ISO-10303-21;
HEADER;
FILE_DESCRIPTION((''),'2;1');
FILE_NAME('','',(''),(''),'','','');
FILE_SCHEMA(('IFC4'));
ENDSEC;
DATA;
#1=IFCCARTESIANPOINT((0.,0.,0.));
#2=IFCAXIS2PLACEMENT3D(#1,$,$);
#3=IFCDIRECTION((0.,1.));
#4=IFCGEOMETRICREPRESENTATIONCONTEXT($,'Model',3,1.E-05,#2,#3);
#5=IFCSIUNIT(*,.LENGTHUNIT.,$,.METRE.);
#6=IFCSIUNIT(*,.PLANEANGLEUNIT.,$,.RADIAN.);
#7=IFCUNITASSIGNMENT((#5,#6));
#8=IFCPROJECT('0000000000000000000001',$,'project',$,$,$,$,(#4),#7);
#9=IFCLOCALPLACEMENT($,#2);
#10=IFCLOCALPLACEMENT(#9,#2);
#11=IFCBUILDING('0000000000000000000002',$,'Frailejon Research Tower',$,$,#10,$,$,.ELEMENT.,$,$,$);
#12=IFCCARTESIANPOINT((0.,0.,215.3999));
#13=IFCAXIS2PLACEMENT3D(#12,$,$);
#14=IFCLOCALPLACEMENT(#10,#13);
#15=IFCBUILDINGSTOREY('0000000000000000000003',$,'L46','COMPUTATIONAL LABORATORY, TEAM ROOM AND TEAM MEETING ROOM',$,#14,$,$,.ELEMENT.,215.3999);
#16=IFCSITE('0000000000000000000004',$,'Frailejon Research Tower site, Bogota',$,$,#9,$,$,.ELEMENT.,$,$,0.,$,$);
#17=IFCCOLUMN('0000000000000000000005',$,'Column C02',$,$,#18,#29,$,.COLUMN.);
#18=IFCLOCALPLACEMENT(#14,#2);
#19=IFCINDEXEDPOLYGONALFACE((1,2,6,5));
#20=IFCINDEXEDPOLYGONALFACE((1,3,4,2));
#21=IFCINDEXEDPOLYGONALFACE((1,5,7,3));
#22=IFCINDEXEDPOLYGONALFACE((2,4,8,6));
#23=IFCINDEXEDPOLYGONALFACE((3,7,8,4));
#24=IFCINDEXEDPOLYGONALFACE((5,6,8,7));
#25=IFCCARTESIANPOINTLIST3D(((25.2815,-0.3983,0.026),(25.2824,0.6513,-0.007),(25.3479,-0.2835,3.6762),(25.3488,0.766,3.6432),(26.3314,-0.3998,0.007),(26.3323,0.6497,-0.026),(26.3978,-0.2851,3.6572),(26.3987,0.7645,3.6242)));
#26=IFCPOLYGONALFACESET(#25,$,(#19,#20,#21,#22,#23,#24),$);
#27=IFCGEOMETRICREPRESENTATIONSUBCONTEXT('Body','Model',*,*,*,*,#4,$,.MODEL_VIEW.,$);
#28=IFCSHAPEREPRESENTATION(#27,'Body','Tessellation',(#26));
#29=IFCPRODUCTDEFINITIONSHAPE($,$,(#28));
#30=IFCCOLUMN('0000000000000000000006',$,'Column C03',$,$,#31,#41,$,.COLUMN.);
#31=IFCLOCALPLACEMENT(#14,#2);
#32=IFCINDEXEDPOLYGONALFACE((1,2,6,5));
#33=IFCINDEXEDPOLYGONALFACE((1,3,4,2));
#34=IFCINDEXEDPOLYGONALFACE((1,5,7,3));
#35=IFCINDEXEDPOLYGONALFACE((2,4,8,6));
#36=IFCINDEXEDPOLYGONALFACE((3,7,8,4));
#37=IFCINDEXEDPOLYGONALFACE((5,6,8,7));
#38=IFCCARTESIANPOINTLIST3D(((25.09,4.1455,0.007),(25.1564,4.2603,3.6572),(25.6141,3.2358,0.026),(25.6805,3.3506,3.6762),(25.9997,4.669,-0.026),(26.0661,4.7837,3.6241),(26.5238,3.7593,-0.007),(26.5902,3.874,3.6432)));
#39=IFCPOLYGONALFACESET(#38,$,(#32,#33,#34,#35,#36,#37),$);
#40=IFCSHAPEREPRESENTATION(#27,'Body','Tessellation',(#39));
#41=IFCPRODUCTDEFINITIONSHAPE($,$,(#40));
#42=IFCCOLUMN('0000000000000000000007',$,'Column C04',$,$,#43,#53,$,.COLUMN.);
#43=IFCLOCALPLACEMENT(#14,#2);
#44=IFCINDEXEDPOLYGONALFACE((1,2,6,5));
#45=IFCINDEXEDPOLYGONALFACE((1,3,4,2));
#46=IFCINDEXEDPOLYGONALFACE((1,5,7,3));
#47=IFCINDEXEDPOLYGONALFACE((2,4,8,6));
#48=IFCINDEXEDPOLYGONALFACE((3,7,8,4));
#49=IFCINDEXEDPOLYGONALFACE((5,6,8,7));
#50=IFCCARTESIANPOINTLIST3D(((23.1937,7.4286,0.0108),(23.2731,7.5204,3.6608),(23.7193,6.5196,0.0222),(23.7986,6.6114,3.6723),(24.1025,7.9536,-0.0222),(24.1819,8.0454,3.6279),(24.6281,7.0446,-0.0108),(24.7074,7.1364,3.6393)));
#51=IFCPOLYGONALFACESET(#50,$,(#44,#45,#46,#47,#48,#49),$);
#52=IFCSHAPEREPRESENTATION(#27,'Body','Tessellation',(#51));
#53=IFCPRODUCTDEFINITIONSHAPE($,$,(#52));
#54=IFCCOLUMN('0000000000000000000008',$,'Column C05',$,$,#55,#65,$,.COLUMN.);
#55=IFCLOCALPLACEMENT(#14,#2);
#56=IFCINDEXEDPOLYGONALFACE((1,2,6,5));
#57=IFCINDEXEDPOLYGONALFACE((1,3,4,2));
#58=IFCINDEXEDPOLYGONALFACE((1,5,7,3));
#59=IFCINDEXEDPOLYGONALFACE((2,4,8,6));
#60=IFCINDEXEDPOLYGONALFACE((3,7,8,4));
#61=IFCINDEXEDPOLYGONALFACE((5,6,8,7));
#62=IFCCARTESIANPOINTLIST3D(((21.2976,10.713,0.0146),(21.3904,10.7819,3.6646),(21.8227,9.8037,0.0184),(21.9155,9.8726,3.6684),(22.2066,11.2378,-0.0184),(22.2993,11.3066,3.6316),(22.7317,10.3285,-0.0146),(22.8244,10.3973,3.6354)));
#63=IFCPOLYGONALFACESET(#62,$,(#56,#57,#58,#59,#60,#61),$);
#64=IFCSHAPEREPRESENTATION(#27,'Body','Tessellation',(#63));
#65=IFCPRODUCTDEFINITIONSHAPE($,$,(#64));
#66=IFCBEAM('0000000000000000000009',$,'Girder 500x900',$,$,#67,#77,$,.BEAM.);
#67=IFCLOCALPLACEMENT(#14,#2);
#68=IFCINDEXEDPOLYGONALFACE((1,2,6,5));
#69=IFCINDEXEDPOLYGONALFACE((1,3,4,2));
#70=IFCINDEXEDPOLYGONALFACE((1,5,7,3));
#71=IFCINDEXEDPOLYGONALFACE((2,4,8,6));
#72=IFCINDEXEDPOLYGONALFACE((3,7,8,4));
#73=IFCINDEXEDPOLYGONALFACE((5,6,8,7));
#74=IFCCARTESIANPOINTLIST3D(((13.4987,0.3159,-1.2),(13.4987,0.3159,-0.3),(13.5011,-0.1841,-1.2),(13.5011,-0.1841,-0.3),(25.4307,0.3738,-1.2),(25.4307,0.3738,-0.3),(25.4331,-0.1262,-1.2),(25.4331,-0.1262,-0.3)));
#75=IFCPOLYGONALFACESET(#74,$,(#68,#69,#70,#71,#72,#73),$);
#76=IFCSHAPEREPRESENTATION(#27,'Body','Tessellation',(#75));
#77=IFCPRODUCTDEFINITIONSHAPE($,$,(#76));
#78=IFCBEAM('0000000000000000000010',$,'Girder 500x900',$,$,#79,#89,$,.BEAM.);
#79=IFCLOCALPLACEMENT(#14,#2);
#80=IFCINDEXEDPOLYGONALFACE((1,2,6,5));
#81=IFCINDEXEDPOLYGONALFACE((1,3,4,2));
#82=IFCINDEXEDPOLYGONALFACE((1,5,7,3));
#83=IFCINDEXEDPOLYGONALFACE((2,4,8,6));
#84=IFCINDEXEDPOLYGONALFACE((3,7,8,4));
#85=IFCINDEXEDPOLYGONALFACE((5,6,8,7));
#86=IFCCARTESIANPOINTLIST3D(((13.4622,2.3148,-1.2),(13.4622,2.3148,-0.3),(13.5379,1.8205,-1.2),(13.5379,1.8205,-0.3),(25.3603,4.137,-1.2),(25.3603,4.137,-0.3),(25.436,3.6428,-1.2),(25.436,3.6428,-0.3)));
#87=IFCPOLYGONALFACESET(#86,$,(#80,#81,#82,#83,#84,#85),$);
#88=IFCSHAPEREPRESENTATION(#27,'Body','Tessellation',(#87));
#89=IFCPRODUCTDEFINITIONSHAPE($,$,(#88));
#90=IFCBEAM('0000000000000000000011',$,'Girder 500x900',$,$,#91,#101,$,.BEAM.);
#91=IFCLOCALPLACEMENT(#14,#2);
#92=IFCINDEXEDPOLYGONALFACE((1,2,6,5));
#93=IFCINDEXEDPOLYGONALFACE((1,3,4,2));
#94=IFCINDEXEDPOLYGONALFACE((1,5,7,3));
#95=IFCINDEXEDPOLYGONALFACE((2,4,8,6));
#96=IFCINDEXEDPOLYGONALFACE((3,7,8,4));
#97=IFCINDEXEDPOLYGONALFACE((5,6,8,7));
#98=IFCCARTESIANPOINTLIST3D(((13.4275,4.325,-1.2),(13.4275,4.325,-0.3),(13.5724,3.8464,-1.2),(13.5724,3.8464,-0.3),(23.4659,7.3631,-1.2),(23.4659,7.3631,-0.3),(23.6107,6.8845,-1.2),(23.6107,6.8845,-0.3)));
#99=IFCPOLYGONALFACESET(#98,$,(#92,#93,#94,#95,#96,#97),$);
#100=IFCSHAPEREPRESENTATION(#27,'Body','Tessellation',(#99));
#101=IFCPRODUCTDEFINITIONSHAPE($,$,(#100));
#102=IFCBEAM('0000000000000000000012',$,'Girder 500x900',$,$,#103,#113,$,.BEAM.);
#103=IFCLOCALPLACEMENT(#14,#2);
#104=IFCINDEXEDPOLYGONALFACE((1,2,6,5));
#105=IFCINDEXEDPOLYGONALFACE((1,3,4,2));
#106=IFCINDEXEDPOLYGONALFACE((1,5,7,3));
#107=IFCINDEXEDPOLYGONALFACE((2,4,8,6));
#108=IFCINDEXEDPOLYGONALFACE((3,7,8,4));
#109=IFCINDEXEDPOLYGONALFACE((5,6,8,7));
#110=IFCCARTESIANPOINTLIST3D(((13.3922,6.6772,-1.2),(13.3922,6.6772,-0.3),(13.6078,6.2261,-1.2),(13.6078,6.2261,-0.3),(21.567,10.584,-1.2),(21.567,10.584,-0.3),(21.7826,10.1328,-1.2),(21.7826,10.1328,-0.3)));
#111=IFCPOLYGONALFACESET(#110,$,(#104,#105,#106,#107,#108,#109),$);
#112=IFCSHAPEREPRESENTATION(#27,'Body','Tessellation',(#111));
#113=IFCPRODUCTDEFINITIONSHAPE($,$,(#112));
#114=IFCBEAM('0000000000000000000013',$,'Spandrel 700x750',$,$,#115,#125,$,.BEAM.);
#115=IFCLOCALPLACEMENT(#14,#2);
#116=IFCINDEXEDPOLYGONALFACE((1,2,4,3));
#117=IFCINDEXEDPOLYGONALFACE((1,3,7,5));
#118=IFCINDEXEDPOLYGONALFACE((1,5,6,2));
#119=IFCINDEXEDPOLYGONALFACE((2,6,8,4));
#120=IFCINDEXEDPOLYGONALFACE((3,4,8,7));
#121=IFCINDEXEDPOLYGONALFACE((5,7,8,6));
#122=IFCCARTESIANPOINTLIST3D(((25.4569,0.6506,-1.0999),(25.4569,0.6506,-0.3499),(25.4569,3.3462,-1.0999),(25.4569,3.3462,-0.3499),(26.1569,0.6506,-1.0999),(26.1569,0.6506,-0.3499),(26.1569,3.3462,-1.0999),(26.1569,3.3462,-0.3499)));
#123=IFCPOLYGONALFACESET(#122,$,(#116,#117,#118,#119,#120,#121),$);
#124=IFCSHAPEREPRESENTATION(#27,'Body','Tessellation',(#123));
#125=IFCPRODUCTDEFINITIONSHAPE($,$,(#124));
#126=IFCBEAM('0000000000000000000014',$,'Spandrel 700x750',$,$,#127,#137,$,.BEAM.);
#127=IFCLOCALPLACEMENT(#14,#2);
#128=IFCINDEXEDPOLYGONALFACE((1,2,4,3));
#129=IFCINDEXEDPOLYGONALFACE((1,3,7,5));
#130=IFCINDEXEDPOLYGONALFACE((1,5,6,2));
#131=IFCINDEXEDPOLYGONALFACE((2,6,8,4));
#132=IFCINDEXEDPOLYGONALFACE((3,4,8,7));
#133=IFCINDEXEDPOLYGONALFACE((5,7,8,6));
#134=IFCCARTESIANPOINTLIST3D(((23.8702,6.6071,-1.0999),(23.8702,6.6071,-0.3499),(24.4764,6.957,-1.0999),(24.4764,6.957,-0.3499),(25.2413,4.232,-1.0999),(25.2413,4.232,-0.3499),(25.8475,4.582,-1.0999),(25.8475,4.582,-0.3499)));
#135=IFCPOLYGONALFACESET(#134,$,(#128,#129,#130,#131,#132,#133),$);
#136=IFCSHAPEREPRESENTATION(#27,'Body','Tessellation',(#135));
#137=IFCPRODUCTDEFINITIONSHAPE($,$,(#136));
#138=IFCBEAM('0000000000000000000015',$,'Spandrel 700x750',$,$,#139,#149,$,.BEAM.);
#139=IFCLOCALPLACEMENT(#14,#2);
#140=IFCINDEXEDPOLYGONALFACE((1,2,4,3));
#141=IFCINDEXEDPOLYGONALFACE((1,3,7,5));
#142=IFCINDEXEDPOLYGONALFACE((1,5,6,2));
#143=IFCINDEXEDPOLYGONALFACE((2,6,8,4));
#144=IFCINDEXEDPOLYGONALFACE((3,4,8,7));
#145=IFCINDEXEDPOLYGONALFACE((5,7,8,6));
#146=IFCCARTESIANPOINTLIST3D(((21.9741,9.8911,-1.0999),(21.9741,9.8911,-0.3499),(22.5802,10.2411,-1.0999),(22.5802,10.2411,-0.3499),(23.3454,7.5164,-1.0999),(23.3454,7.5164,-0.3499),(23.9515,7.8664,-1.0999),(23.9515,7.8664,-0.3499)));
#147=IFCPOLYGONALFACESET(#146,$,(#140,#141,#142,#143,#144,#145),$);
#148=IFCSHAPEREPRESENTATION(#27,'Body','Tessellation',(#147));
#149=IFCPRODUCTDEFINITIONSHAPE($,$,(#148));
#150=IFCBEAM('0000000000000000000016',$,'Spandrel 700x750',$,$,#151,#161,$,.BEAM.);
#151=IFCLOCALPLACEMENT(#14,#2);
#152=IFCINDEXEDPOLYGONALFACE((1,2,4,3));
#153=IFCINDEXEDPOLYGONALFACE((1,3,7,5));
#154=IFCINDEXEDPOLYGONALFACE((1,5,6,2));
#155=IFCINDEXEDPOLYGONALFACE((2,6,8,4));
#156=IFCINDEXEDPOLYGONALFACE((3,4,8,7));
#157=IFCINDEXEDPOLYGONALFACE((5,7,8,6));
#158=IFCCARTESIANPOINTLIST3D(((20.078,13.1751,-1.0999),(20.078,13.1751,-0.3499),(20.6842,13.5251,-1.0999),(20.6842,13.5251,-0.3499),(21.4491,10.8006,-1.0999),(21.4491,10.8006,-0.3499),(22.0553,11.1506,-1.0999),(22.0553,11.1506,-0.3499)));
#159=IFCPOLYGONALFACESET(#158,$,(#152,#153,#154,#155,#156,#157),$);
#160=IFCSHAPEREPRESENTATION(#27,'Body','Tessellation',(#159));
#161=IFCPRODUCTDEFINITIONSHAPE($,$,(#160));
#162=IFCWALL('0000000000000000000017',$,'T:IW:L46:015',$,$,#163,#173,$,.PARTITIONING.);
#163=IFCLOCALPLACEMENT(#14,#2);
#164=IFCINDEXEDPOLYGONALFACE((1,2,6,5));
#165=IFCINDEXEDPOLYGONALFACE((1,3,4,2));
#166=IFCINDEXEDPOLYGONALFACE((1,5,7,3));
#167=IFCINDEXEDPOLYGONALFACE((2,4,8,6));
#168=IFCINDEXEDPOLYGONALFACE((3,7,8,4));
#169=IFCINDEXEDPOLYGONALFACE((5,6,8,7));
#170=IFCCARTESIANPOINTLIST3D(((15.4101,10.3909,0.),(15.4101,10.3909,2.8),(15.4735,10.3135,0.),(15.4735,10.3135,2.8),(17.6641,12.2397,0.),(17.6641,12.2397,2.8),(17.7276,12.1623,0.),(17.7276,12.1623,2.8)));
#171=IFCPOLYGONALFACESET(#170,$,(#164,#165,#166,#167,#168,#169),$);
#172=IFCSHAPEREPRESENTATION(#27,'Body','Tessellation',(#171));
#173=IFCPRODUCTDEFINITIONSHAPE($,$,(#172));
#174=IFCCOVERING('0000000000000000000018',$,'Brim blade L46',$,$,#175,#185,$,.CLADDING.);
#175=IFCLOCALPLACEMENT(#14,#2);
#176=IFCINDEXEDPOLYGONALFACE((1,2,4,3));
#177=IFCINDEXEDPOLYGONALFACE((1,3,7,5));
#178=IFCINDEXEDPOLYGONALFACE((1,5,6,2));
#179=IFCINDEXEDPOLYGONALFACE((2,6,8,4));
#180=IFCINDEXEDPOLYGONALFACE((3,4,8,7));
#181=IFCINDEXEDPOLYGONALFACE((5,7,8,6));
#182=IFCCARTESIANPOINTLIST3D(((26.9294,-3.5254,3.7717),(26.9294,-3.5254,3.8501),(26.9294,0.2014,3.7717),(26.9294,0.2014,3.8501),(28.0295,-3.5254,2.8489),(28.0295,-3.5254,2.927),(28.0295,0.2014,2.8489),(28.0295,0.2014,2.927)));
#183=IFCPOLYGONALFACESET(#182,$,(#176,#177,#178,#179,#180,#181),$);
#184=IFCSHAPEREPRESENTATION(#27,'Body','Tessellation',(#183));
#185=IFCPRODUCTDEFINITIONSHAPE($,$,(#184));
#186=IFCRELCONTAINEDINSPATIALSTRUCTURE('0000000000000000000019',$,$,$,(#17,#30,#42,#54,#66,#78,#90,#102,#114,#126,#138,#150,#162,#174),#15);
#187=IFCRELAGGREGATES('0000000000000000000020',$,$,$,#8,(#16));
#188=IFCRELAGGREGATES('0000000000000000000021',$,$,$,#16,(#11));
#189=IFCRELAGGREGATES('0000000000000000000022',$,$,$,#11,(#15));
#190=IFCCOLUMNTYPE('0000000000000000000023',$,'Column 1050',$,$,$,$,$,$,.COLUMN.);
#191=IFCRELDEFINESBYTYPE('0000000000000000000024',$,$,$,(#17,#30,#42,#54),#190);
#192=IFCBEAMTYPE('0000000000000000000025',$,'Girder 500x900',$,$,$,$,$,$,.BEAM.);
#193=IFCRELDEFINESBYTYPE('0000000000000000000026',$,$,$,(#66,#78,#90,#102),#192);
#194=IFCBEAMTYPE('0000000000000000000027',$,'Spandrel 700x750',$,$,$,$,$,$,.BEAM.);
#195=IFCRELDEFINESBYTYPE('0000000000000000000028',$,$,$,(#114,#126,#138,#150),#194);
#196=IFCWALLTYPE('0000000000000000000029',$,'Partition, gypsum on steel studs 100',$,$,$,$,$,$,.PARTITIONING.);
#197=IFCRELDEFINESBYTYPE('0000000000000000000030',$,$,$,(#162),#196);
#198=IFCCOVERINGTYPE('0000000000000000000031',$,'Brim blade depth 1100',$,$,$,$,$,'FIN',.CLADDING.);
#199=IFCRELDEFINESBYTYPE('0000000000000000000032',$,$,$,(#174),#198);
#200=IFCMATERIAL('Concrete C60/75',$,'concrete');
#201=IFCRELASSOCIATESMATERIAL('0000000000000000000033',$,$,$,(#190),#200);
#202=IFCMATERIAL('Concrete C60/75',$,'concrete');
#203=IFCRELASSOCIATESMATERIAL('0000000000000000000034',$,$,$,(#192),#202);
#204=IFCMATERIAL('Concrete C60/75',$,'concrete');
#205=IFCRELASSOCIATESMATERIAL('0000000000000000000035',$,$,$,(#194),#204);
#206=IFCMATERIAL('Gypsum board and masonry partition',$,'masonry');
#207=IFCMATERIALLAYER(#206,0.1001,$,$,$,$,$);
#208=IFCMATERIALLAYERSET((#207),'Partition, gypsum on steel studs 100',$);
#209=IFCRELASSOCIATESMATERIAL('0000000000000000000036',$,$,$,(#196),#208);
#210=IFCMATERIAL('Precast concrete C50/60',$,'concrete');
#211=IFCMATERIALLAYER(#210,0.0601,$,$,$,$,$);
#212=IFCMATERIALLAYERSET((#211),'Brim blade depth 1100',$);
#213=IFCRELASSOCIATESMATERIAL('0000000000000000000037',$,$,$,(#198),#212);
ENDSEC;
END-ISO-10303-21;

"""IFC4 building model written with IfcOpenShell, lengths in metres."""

from ifc_helpers import new_model, si_unit, direction, frame, frame_2d, origin, origin_2d, place, context, subcontext, project, spatial, polyline, rectangle, outline, extrude, material, layer, layer_set, material_profile, profile_set, type_object, element, save


model = new_model("IFC4")

# Units and contexts
model_context = context("Model", 3, precision=1e-05, world=origin(), true_north=direction((0.0, 1.0)))
body_context = subcontext(model_context, "Body", "Model", "MODEL_VIEW")
ifc_project = project(units=[si_unit("LENGTHUNIT", "METRE"), si_unit("PLANEANGLEUNIT", "RADIAN")], contexts=[model_context])

# Site, building, storey
site_placement = place(None, origin())
site = spatial("IfcSite", under=ifc_project, at=site_placement, Name="Frailejon Research Tower site, Bogota", CompositionType="ELEMENT", RefElevation=0.0)
building_placement = place(site_placement, origin())
building = spatial("IfcBuilding", under=site, at=building_placement, Name="Frailejon Research Tower", CompositionType="ELEMENT")
storey_placement = place(building_placement, frame((0.0, 0.0, 215.3999)))
storey = spatial("IfcBuildingStorey", under=building, at=storey_placement, Name="L46", Description="COMPUTATIONAL LABORATORY, TEAM ROOM AND TEAM MEETING ROOM", CompositionType="ELEMENT", Elevation=215.3999)

# Columns
ifc_material_1 = material(Name="Concrete C60/75", Category="concrete")
ifc_material_profile_1 = material_profile(ifc_material_1, rectangle(XDim=1.05, YDim=1.05, at=origin_2d()), Name="Column 1050")
ifc_profile_set_1 = profile_set([ifc_material_profile_1], Name="Concrete C60/75")
column_type = type_object("IfcColumnType", Name="Column 1050", PredefinedType="COLUMN", material=ifc_profile_set_1)
for number, where, z_axis, x_axis, name in (
    (1, (25.8069, 0.1257, 0.0), (0.018181, 0.031415, 0.999341), (0.000893, 0.999505, -0.031437), "Column C02"),
    (2, (25.8069, 3.9524, 0.0), (0.018181, 0.031415, 0.999341), (-0.499143, 0.866329, -0.018153), "Column C03"),
):
    element("IfcColumn", number, at=place(storey_placement, frame(where, z_axis=z_axis, x_axis=x_axis)), inside=storey, type_object=column_type, Name=name, PredefinedType="COLUMN", context=body_context, shape_type="SweptSolid", body=[
        extrude(rectangle(XDim=1.05, YDim=1.05, at=origin_2d()), origin(), (0.0, 0.0, 1.0), 3.6526),
    ])
column_1_placement = place(storey_placement, frame((23.9109, 7.2366, 0.0), z_axis=(0.021726, 0.025135, 0.999448), x_axis=(-0.500489, 0.865674, -0.010891)))
element("IfcColumn", 3, at=column_1_placement, inside=storey, type_object=column_type, Name="Column C04", PredefinedType="COLUMN", context=body_context, shape_type="SweptSolid", body=[
    extrude(rectangle(XDim=1.05, YDim=1.05, at=origin_2d()), origin(), (0.0, 0.0, 1.0), 3.6521),
])
column_2_placement = place(storey_placement, frame((22.0146, 10.5208, 0.0), z_axis=(0.025404, 0.018852, 0.9995), x_axis=(-0.500084, 0.865969, -0.003623)))
element("IfcColumn", 4, at=column_2_placement, inside=storey, type_object=column_type, Name="Column C05", PredefinedType="COLUMN", context=body_context, shape_type="SweptSolid", body=[
    extrude(rectangle(XDim=1.05, YDim=1.05, at=origin_2d()), origin(), (0.0, 0.0, 1.0), 3.6519),
])

# Beams
ifc_material_2 = material(Name="Concrete C60/75", Category="concrete")
ifc_material_profile_2 = material_profile(ifc_material_2, rectangle(XDim=0.5, YDim=0.8999, at=origin_2d()), Name="Girder 500x900")
ifc_profile_set_2 = profile_set([ifc_material_profile_2], Name="Concrete C60/75")
beam_type_1 = type_object("IfcBeamType", Name="Girder 500x900", PredefinedType="BEAM", material=ifc_profile_set_2)
beam_1_placement = place(storey_placement, frame((25.4319, 0.1238, -0.75), z_axis=(-0.999988, -0.004849, 0.0), x_axis=(0.004849, -0.999988, 0.0)))
element("IfcBeam", 5, at=beam_1_placement, inside=storey, type_object=beam_type_1, Name="Girder 500x900", PredefinedType="BEAM", context=body_context, shape_type="SweptSolid", body=[
    extrude(rectangle(XDim=0.5, YDim=0.8999, at=origin_2d()), origin(), (0.0, 0.0, 1.0), 11.9321),
])
beam_2_placement = place(storey_placement, frame((25.3982, 3.8899, -0.75), z_axis=(-0.988474, -0.15139, 0.0), x_axis=(0.15139, -0.988474, 0.0)))
element("IfcBeam", 6, at=beam_2_placement, inside=storey, type_object=beam_type_1, Name="Girder 500x900", PredefinedType="BEAM", context=body_context, shape_type="SweptSolid", body=[
    extrude(rectangle(XDim=0.5, YDim=0.8999, at=origin_2d()), origin(), (0.0, 0.0, 1.0), 12.0369),
])
beam_3_placement = place(storey_placement, frame((23.5383, 7.1238, -0.75), z_axis=(-0.957126, -0.289673, 0.0), x_axis=(0.289673, -0.957126, 0.0)))
element("IfcBeam", 7, at=beam_3_placement, inside=storey, type_object=beam_type_1, Name="Girder 500x900", PredefinedType="BEAM", context=body_context, shape_type="SweptSolid", body=[
    extrude(rectangle(XDim=0.5, YDim=0.8999, at=origin_2d()), origin(), (0.0, 0.0, 1.0), 10.488),
])
beam_4_placement = place(storey_placement, frame((21.6748, 10.3584, -0.75), z_axis=(-0.902261, -0.43119, 0.0), x_axis=(0.43119, -0.902261, 0.0)))
element("IfcBeam", 8, at=beam_4_placement, inside=storey, type_object=beam_type_1, Name="Girder 500x900", PredefinedType="BEAM", context=body_context, shape_type="SweptSolid", body=[
    extrude(rectangle(XDim=0.5, YDim=0.8999, at=origin_2d()), origin(), (0.0, 0.0, 1.0), 9.0603),
])
ifc_material_3 = material(Name="Concrete C60/75", Category="concrete")
ifc_material_profile_3 = material_profile(ifc_material_3, rectangle(XDim=0.7, YDim=0.75, at=origin_2d()), Name="Spandrel 700x750")
ifc_profile_set_3 = profile_set([ifc_material_profile_3], Name="Concrete C60/75")
beam_type_2 = type_object("IfcBeamType", Name="Spandrel 700x750", PredefinedType="BEAM", material=ifc_profile_set_3)
beam_5_placement = place(storey_placement, frame((25.8069, 0.6506, -0.7249), z_axis=(0.0, 1.0, 0.0), x_axis=(-1.0, 0.0, 0.0)))
element("IfcBeam", 9, at=beam_5_placement, inside=storey, type_object=beam_type_2, Name="Spandrel 700x750", PredefinedType="BEAM", context=body_context, shape_type="SweptSolid", body=[
    extrude(rectangle(XDim=0.7, YDim=0.75, at=origin_2d()), origin(), (0.0, 0.0, 1.0), 2.6956),
])
beam_6_placement = place(storey_placement, frame((25.5444, 4.407, -0.7249), z_axis=(-0.499969, 0.866043, 0.0), x_axis=(-0.866043, -0.499969, 0.0)))
element("IfcBeam", 10, at=beam_6_placement, inside=storey, type_object=beam_type_2, Name="Spandrel 700x750", PredefinedType="BEAM", context=body_context, shape_type="SweptSolid", body=[
    extrude(rectangle(XDim=0.7, YDim=0.75, at=origin_2d()), origin(), (0.0, 0.0, 1.0), 2.7424),
])
beam_7_placement = place(storey_placement, frame((23.6484, 7.6914, -0.7249), z_axis=(-0.500074, 0.865982, 0.0), x_axis=(-0.865982, -0.500074, 0.0)))
element("IfcBeam", 11, at=beam_7_placement, inside=storey, type_object=beam_type_2, Name="Spandrel 700x750", PredefinedType="BEAM", context=body_context, shape_type="SweptSolid", body=[
    extrude(rectangle(XDim=0.7, YDim=0.75, at=origin_2d()), origin(), (0.0, 0.0, 1.0), 2.7422),
])
beam_8_placement = place(storey_placement, frame((21.7522, 10.9756, -0.7249), z_axis=(-0.500046, 0.865999, 0.0), x_axis=(-0.865999, -0.500046, 0.0)))
element("IfcBeam", 12, at=beam_8_placement, inside=storey, type_object=beam_type_2, Name="Spandrel 700x750", PredefinedType="BEAM", context=body_context, shape_type="SweptSolid", body=[
    extrude(rectangle(XDim=0.7, YDim=0.75, at=origin_2d()), origin(), (0.0, 0.0, 1.0), 2.7419),
])

# Wall
ifc_material_4 = material(Name="Gypsum board and masonry partition", Category="masonry")
ifc_layer_1 = layer(ifc_material_4, 0.1001)
ifc_layer_set_1 = layer_set([ifc_layer_1], Name="Partition, gypsum on steel studs 100")
wall_type_1 = type_object("IfcWallType", Name="Partition, gypsum on steel studs 100", PredefinedType="PARTITIONING", material=ifc_layer_set_1)
wall_1_placement = place(storey_placement, frame((15.4419, 10.3523, 0.0), z_axis=(0.0, 0.0, 1.0), x_axis=(0.773188, 0.634177, 0.0)))
element("IfcWall", 13, at=wall_1_placement, inside=storey, type_object=wall_type_1, Name="T:IW:L46:015", PredefinedType="PARTITIONING", context=body_context, shape_type="SweptSolid", body=[
    extrude(rectangle(XDim=2.9153, YDim=0.1001, at=frame_2d((1.4575, 0.0))), origin(), (0.0, 0.0, 1.0), 2.8),
])

# Covering
ifc_material_5 = material(Name="Precast concrete C50/60", Category="concrete")
ifc_layer_2 = layer(ifc_material_5, 0.0601)
ifc_layer_set_2 = layer_set([ifc_layer_2], Name="Brim blade depth 1100")
covering_type = type_object("IfcCoveringType", Name="Brim blade depth 1100", ElementType="FIN", PredefinedType="CLADDING", material=ifc_layer_set_2)
for number, where, z_axis, x_axis, name in (
    (14, (26.9294, 0.2014, 3.8501), (0.0, -1.0, 0.0), (1.0, 0.0, 0.0), "Brim blade L46"),
):
    element("IfcCovering", number, at=place(storey_placement, frame(where, z_axis=z_axis, x_axis=x_axis)), inside=storey, type_object=covering_type, Name=name, PredefinedType="CLADDING", context=body_context, shape_type="SweptSolid", body=[
        extrude(outline(polyline([(0.0, -0.0784), (1.1001, -1.0012), (1.1001, -0.9231), (0.0, 0.0), (0.0, -0.0784)])), origin(), (0.0, 0.0, 1.0), 3.7268),
    ])

save(model, "model.ifc")
